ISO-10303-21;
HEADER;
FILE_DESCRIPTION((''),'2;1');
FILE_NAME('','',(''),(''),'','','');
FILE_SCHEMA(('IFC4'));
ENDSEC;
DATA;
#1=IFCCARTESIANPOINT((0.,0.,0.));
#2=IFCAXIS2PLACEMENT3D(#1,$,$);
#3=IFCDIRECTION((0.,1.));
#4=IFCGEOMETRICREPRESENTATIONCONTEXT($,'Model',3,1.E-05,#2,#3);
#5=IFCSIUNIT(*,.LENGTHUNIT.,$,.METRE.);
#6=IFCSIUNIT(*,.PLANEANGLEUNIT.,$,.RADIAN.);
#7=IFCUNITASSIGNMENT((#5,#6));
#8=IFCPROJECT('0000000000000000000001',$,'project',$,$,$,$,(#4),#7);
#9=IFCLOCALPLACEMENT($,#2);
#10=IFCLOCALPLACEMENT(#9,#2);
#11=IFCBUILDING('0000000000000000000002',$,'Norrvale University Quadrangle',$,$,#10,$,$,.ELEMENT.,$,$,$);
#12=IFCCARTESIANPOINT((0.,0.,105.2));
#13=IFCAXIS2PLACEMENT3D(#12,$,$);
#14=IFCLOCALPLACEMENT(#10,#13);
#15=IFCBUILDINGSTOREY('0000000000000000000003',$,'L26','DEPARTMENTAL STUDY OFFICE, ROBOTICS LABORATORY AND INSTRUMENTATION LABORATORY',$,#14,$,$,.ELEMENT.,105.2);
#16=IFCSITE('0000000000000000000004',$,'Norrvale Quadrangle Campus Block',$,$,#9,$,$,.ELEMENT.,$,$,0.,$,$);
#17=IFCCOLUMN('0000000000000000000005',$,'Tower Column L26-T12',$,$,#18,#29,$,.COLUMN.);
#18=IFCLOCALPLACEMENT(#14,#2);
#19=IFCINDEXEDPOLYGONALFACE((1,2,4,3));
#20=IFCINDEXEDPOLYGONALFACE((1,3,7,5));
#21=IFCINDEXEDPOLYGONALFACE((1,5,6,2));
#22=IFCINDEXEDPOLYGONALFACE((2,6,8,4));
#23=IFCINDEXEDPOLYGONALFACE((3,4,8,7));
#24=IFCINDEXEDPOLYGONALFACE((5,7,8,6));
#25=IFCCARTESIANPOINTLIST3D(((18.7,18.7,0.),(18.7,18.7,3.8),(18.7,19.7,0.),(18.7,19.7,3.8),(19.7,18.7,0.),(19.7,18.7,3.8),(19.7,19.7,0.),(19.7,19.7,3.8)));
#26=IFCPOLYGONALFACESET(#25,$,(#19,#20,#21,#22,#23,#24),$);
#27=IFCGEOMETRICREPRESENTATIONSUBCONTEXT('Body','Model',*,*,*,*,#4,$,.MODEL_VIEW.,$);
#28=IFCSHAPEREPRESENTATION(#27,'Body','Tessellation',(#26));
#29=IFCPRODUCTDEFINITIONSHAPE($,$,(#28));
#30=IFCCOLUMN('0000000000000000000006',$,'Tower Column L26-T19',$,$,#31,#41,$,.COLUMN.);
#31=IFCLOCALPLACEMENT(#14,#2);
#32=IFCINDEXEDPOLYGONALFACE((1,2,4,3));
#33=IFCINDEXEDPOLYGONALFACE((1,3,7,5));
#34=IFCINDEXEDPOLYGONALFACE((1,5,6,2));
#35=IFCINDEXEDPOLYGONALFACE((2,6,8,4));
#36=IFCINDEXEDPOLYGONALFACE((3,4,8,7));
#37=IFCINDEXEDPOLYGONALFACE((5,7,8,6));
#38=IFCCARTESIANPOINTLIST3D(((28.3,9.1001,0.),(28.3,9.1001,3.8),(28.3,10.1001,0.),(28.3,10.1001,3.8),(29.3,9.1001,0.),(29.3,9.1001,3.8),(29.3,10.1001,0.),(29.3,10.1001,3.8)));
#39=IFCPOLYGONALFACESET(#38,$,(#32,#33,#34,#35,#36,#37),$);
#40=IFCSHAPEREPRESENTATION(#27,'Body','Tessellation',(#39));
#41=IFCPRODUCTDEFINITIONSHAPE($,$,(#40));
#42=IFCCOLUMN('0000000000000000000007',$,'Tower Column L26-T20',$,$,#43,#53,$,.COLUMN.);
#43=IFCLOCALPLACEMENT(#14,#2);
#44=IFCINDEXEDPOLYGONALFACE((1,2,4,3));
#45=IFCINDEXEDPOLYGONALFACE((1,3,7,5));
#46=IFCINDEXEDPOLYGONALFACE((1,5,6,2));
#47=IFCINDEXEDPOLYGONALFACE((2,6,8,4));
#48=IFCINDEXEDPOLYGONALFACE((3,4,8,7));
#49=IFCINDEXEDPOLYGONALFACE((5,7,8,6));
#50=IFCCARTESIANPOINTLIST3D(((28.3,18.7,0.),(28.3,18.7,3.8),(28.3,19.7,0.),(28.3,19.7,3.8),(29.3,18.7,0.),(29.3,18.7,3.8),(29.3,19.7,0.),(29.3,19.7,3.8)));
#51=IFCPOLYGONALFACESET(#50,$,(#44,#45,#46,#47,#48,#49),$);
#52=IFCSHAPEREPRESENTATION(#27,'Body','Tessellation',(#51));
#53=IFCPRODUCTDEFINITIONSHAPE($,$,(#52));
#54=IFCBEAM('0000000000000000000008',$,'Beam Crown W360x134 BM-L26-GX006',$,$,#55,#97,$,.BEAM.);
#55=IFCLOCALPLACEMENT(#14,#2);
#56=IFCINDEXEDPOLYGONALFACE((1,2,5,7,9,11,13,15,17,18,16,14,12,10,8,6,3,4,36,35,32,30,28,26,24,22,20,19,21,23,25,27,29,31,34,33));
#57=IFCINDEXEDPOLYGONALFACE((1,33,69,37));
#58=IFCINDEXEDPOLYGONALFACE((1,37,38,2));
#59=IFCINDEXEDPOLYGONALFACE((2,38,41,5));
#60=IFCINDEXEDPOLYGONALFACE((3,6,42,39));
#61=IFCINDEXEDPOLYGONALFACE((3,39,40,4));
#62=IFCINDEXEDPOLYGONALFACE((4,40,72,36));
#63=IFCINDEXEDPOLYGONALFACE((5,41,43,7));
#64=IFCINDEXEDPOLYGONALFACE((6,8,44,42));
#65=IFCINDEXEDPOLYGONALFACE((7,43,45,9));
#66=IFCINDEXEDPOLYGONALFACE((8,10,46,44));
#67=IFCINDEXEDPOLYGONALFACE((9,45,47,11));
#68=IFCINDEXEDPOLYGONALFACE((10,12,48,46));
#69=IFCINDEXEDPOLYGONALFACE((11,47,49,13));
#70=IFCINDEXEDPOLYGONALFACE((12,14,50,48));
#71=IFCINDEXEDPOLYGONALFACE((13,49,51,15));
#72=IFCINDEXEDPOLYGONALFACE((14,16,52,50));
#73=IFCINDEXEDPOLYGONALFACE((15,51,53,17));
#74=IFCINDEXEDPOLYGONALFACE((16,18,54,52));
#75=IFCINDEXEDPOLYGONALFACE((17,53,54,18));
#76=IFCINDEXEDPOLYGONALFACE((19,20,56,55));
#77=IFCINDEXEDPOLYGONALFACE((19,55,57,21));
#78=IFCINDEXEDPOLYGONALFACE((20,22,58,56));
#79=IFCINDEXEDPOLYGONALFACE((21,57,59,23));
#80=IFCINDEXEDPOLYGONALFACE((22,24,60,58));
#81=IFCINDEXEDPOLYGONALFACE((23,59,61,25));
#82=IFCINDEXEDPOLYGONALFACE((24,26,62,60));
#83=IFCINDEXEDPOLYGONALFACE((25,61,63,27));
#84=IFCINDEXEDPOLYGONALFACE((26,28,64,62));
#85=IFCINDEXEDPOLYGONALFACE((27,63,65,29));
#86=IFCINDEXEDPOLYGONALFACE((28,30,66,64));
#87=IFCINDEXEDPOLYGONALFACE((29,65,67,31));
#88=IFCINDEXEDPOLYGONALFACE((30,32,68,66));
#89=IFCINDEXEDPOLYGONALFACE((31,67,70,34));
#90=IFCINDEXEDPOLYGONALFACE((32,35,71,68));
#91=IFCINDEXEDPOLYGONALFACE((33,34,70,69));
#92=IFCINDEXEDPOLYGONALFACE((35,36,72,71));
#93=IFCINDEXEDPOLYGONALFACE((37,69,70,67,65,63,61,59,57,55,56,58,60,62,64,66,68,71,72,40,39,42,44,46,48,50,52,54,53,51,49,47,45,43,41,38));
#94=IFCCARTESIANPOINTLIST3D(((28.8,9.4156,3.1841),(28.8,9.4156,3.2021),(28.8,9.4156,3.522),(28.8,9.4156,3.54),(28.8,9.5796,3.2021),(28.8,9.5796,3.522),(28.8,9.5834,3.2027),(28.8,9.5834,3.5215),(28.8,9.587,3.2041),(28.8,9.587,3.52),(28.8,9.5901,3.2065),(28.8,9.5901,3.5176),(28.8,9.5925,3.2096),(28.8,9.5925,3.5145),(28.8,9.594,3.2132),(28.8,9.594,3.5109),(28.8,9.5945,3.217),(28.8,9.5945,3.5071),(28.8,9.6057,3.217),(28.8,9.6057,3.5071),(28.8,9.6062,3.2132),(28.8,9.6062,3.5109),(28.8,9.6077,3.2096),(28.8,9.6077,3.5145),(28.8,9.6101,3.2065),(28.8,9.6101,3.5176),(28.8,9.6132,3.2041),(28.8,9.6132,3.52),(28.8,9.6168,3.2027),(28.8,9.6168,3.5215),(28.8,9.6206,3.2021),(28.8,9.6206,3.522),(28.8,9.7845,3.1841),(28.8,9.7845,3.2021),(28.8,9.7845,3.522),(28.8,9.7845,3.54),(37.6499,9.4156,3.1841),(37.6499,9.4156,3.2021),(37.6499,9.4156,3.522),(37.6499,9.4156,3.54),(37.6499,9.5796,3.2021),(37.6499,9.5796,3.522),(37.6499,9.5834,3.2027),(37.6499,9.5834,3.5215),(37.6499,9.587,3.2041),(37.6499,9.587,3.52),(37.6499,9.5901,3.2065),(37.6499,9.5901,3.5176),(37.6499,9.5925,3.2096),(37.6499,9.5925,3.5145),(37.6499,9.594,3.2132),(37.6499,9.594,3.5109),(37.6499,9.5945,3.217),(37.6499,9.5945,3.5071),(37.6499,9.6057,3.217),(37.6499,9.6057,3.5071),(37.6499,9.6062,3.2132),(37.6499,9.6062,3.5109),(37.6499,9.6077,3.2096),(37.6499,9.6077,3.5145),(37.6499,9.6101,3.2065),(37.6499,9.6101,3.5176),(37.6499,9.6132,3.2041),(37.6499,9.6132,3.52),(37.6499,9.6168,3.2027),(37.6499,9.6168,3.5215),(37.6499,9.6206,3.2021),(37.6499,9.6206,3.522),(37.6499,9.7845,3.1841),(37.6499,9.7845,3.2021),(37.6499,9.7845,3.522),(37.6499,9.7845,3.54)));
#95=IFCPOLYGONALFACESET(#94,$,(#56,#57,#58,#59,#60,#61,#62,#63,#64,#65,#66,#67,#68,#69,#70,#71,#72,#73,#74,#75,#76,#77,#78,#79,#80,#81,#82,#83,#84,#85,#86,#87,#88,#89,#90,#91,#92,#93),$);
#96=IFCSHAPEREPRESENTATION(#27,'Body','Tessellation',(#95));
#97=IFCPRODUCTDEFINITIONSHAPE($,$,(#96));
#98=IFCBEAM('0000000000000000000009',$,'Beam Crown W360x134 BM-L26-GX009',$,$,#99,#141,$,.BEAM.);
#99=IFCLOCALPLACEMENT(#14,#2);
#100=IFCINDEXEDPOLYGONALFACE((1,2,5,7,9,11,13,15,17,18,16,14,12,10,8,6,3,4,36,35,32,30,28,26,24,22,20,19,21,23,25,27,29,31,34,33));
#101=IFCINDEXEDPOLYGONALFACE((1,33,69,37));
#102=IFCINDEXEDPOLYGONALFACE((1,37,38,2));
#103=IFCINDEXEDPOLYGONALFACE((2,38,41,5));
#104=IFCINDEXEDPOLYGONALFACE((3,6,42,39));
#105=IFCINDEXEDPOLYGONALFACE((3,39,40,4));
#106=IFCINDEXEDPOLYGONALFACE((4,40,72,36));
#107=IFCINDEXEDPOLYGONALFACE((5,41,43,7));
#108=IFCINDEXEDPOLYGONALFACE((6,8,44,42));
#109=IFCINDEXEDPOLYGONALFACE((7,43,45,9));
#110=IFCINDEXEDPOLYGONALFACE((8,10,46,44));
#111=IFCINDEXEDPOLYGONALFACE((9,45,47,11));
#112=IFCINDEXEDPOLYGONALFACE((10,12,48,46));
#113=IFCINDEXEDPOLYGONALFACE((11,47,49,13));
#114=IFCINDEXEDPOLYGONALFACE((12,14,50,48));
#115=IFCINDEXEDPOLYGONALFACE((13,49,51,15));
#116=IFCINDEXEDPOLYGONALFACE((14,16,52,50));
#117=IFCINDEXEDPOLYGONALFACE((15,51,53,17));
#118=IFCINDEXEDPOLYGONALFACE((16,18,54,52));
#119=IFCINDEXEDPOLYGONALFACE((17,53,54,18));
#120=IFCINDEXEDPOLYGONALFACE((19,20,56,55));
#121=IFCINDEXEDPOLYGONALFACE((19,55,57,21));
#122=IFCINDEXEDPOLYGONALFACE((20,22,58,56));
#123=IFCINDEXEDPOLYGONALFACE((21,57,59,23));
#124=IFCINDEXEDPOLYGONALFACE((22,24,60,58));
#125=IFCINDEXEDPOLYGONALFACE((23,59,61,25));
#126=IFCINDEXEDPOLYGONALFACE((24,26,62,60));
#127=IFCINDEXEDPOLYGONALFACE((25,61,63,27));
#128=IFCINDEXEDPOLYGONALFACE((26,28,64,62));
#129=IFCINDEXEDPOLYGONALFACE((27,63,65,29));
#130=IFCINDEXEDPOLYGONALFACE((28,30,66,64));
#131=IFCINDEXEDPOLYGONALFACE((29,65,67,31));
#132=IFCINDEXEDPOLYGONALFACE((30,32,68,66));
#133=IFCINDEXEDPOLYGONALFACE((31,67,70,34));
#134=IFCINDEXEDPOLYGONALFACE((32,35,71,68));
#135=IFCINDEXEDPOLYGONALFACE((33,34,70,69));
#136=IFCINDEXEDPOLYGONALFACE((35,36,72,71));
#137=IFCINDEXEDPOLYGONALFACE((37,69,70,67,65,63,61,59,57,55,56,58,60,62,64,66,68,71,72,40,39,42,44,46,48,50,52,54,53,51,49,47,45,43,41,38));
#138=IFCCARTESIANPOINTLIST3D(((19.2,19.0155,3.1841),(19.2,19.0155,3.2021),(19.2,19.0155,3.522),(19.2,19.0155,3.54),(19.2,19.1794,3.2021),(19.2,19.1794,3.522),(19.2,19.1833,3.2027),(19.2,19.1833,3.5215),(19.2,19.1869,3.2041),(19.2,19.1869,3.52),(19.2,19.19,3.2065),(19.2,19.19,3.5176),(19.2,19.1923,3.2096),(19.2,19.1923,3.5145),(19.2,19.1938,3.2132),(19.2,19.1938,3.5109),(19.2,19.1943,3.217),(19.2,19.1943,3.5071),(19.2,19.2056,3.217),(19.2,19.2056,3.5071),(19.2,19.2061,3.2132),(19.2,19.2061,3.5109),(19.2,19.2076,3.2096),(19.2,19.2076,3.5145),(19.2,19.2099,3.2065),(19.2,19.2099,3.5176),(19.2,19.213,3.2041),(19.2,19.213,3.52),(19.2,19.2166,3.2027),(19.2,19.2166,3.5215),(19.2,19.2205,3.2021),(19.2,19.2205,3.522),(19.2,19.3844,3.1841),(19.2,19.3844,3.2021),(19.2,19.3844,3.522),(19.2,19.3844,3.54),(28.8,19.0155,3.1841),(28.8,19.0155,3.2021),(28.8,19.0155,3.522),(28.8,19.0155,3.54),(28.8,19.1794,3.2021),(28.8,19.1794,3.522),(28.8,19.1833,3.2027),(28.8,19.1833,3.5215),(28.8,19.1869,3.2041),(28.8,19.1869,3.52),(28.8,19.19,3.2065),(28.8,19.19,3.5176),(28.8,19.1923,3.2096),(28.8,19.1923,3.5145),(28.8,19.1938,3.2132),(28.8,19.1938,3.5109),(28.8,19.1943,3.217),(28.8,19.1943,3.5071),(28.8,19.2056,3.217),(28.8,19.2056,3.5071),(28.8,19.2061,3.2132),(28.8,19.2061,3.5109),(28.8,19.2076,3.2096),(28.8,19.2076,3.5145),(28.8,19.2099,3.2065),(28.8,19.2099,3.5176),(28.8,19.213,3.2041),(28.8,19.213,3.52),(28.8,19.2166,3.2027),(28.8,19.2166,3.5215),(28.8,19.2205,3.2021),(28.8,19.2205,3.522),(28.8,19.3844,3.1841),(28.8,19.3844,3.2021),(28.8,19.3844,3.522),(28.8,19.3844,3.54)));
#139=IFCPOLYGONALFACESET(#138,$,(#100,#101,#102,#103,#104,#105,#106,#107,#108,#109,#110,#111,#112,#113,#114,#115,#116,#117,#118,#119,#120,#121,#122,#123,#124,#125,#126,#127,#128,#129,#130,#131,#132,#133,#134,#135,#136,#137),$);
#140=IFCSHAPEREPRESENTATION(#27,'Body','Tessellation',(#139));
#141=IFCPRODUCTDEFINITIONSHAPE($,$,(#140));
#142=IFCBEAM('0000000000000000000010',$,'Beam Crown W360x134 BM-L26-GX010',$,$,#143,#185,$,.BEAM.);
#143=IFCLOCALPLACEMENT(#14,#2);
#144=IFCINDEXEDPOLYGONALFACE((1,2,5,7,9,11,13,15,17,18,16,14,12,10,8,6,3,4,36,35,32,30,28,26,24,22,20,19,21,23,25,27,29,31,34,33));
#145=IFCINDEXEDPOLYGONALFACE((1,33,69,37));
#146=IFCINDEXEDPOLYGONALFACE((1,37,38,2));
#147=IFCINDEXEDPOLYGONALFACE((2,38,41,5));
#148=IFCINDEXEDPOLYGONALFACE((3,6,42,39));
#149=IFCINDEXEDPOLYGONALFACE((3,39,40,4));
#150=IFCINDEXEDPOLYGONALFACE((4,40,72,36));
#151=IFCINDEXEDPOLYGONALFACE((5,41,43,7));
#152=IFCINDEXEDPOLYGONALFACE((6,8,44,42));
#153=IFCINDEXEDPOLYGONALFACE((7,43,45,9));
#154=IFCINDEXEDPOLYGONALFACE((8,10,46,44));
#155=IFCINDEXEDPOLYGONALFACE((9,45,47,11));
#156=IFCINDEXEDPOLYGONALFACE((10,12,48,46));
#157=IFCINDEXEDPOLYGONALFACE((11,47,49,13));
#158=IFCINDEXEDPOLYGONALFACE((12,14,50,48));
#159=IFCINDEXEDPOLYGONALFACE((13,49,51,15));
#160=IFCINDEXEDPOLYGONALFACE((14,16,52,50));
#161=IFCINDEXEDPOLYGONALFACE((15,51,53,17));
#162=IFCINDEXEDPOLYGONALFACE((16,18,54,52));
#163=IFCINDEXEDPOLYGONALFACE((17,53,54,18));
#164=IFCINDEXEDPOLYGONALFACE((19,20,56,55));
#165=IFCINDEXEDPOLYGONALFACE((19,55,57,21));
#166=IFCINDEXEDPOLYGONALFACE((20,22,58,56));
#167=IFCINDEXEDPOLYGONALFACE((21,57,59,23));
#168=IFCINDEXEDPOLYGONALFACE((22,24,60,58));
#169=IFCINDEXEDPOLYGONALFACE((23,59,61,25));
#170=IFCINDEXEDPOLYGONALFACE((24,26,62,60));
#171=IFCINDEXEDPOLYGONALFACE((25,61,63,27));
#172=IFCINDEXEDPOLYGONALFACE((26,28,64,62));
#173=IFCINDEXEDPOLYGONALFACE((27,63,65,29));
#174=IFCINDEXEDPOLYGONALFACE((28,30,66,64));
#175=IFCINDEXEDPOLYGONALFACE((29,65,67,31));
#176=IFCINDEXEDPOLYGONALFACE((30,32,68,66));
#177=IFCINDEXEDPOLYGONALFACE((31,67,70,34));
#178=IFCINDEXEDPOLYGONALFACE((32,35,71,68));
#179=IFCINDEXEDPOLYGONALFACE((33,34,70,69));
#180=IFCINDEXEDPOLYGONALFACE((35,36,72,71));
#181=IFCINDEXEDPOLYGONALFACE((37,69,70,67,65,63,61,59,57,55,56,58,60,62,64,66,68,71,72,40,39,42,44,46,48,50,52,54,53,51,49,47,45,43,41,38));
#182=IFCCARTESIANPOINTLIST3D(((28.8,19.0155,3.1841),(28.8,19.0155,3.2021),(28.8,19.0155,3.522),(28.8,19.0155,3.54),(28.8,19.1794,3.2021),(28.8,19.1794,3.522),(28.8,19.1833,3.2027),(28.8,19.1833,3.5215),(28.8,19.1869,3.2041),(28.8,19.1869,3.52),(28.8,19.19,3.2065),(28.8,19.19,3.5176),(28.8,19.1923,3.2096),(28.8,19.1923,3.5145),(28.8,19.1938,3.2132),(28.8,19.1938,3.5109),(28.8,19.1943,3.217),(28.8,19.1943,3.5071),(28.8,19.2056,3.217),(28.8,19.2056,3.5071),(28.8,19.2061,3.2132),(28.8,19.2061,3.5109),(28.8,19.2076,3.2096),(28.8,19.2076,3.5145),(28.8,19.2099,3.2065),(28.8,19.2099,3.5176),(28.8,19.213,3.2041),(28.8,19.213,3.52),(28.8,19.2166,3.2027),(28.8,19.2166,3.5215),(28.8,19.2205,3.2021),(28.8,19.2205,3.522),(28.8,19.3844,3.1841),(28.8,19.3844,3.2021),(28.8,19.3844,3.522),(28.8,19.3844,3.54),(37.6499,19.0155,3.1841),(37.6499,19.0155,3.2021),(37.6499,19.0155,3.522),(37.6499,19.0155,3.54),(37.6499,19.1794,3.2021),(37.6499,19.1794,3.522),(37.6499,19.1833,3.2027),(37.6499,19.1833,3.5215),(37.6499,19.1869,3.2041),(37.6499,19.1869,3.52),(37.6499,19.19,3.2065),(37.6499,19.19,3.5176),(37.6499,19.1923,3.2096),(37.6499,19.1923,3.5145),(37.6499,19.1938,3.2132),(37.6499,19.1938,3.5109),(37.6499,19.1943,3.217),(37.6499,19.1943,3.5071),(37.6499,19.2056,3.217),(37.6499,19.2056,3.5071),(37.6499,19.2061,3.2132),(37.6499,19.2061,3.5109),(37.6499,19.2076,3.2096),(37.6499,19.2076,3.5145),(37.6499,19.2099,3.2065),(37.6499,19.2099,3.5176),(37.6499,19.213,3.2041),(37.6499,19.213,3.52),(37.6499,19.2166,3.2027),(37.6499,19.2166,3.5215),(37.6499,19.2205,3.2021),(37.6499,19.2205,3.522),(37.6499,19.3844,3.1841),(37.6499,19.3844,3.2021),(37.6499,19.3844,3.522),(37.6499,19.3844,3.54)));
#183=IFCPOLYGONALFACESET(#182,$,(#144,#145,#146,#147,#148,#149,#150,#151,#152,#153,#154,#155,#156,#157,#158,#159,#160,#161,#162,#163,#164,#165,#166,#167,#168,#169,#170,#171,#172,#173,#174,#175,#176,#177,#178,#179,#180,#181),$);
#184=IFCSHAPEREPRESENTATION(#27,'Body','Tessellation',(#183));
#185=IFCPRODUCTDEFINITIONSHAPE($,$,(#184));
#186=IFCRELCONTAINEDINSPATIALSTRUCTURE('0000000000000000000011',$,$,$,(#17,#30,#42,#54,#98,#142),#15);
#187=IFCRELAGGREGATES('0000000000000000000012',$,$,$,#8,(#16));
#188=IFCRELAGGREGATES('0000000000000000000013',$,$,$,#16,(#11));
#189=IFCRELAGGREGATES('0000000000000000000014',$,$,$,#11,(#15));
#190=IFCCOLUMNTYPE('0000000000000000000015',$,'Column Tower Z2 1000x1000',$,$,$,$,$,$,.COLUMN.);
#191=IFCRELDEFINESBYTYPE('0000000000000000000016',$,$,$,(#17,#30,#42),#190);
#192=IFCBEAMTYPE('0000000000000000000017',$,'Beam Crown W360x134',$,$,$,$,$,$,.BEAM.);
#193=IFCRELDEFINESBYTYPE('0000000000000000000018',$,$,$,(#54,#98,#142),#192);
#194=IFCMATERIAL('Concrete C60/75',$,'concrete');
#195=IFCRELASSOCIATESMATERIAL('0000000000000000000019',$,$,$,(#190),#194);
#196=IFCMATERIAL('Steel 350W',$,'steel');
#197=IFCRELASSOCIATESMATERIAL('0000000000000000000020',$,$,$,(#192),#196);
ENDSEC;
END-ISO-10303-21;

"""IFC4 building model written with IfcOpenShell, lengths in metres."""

from ifc_helpers import new_model, si_unit, direction, frame, origin, origin_2d, place, context, subcontext, project, spatial, rectangle, i_section, extrude, material, material_profile, profile_set, type_object, element, save


model = new_model("IFC4")

# Units and contexts
model_context = context("Model", 3, precision=1e-05, world=origin(), true_north=direction((0.0, 1.0)))
body_context = subcontext(model_context, "Body", "Model", "MODEL_VIEW")
ifc_project = project(units=[si_unit("LENGTHUNIT", "METRE"), si_unit("PLANEANGLEUNIT", "RADIAN")], contexts=[model_context])

# Site, building, storey
site_placement = place(None, origin())
site = spatial("IfcSite", under=ifc_project, at=site_placement, Name="Norrvale Quadrangle Campus Block", CompositionType="ELEMENT", RefElevation=0.0)
building_placement = place(site_placement, origin())
building = spatial("IfcBuilding", under=site, at=building_placement, Name="Norrvale University Quadrangle", CompositionType="ELEMENT")
storey_placement = place(building_placement, frame((0.0, 0.0, 105.2)))
storey = spatial("IfcBuildingStorey", under=building, at=storey_placement, Name="L26", Description="DEPARTMENTAL STUDY OFFICE, ROBOTICS LABORATORY AND INSTRUMENTATION LABORATORY", CompositionType="ELEMENT", Elevation=105.2)

# Columns
ifc_material_1 = material(Name="Concrete C60/75", Category="concrete")
ifc_material_profile_1 = material_profile(ifc_material_1, rectangle(XDim=1.0, YDim=1.0, at=origin_2d()), Name="Concrete C60/75")
ifc_profile_set_1 = profile_set([ifc_material_profile_1], Name="Concrete C60/75")
column_type = type_object("IfcColumnType", Name="Column Tower Z2 1000x1000", PredefinedType="COLUMN", material=ifc_profile_set_1)
for number, where, z_axis, x_axis, name in (
    (1, (19.2, 19.2, 0.0), (0.0, 0.0, 1.0), (1.0, 0.0, 0.0), "Tower Column L26-T12"),
    (2, (28.8, 9.6001, 0.0), (0.0, 0.0, 1.0), (1.0, 0.0, 0.0), "Tower Column L26-T19"),
    (3, (28.8, 19.2, 0.0), (0.0, 0.0, 1.0), (1.0, 0.0, 0.0), "Tower Column L26-T20"),
):
    element("IfcColumn", number, at=place(storey_placement, frame(where, z_axis=z_axis, x_axis=x_axis)), inside=storey, type_object=column_type, Name=name, PredefinedType="COLUMN", context=body_context, shape_type="SweptSolid", body=[
        extrude(rectangle(XDim=1.0, YDim=1.0, at=origin_2d()), origin(), (0.0, 0.0, 1.0), 3.8),
    ])

# Beams
ifc_material_2 = material(Name="Steel 350W", Category="steel")
ifc_material_profile_2 = material_profile(ifc_material_2, i_section(OverallWidth=0.3689, OverallDepth=0.356, WebThickness=0.0112, FlangeThickness=0.0181, FilletRadius=0.0149, at=origin_2d()), Name="Steel 350W")
ifc_profile_set_2 = profile_set([ifc_material_profile_2], Name="Steel 350W")
beam_type_1 = type_object("IfcBeamType", Name="Beam Crown W360x134", PredefinedType="BEAM", material=ifc_profile_set_2)
beam_1_placement = place(storey_placement, frame((28.8, 9.6001, 3.3621), z_axis=(1.0, 0.0, 0.0), x_axis=(0.0, 1.0, 0.0)))
element("IfcBeam", 4, at=beam_1_placement, inside=storey, type_object=beam_type_1, Name="Beam Crown W360x134 BM-L26-GX006", PredefinedType="BEAM", context=body_context, shape_type="SweptSolid", body=[
    extrude(i_section(OverallWidth=0.3689, OverallDepth=0.356, WebThickness=0.0112, FlangeThickness=0.0181, FilletRadius=0.0149, at=origin_2d()), origin(), (0.0, 0.0, 1.0), 8.8499),
])
beam_2_placement = place(storey_placement, frame((19.2, 19.2, 3.3621), z_axis=(1.0, 0.0, 0.0), x_axis=(0.0, 1.0, 0.0)))
element("IfcBeam", 5, at=beam_2_placement, inside=storey, type_object=beam_type_1, Name="Beam Crown W360x134 BM-L26-GX009", PredefinedType="BEAM", context=body_context, shape_type="SweptSolid", body=[
    extrude(i_section(OverallWidth=0.3689, OverallDepth=0.356, WebThickness=0.0112, FlangeThickness=0.0181, FilletRadius=0.0149, at=origin_2d()), origin(), (0.0, 0.0, 1.0), 9.6001),
])
beam_3_placement = place(storey_placement, frame((28.8, 19.2, 3.3621), z_axis=(1.0, 0.0, 0.0), x_axis=(0.0, 1.0, 0.0)))
element("IfcBeam", 6, at=beam_3_placement, inside=storey, type_object=beam_type_1, Name="Beam Crown W360x134 BM-L26-GX010", PredefinedType="BEAM", context=body_context, shape_type="SweptSolid", body=[
    extrude(i_section(OverallWidth=0.3689, OverallDepth=0.356, WebThickness=0.0112, FlangeThickness=0.0181, FilletRadius=0.0149, at=origin_2d()), origin(), (0.0, 0.0, 1.0), 8.8499),
])

save(model, "model.ifc")
